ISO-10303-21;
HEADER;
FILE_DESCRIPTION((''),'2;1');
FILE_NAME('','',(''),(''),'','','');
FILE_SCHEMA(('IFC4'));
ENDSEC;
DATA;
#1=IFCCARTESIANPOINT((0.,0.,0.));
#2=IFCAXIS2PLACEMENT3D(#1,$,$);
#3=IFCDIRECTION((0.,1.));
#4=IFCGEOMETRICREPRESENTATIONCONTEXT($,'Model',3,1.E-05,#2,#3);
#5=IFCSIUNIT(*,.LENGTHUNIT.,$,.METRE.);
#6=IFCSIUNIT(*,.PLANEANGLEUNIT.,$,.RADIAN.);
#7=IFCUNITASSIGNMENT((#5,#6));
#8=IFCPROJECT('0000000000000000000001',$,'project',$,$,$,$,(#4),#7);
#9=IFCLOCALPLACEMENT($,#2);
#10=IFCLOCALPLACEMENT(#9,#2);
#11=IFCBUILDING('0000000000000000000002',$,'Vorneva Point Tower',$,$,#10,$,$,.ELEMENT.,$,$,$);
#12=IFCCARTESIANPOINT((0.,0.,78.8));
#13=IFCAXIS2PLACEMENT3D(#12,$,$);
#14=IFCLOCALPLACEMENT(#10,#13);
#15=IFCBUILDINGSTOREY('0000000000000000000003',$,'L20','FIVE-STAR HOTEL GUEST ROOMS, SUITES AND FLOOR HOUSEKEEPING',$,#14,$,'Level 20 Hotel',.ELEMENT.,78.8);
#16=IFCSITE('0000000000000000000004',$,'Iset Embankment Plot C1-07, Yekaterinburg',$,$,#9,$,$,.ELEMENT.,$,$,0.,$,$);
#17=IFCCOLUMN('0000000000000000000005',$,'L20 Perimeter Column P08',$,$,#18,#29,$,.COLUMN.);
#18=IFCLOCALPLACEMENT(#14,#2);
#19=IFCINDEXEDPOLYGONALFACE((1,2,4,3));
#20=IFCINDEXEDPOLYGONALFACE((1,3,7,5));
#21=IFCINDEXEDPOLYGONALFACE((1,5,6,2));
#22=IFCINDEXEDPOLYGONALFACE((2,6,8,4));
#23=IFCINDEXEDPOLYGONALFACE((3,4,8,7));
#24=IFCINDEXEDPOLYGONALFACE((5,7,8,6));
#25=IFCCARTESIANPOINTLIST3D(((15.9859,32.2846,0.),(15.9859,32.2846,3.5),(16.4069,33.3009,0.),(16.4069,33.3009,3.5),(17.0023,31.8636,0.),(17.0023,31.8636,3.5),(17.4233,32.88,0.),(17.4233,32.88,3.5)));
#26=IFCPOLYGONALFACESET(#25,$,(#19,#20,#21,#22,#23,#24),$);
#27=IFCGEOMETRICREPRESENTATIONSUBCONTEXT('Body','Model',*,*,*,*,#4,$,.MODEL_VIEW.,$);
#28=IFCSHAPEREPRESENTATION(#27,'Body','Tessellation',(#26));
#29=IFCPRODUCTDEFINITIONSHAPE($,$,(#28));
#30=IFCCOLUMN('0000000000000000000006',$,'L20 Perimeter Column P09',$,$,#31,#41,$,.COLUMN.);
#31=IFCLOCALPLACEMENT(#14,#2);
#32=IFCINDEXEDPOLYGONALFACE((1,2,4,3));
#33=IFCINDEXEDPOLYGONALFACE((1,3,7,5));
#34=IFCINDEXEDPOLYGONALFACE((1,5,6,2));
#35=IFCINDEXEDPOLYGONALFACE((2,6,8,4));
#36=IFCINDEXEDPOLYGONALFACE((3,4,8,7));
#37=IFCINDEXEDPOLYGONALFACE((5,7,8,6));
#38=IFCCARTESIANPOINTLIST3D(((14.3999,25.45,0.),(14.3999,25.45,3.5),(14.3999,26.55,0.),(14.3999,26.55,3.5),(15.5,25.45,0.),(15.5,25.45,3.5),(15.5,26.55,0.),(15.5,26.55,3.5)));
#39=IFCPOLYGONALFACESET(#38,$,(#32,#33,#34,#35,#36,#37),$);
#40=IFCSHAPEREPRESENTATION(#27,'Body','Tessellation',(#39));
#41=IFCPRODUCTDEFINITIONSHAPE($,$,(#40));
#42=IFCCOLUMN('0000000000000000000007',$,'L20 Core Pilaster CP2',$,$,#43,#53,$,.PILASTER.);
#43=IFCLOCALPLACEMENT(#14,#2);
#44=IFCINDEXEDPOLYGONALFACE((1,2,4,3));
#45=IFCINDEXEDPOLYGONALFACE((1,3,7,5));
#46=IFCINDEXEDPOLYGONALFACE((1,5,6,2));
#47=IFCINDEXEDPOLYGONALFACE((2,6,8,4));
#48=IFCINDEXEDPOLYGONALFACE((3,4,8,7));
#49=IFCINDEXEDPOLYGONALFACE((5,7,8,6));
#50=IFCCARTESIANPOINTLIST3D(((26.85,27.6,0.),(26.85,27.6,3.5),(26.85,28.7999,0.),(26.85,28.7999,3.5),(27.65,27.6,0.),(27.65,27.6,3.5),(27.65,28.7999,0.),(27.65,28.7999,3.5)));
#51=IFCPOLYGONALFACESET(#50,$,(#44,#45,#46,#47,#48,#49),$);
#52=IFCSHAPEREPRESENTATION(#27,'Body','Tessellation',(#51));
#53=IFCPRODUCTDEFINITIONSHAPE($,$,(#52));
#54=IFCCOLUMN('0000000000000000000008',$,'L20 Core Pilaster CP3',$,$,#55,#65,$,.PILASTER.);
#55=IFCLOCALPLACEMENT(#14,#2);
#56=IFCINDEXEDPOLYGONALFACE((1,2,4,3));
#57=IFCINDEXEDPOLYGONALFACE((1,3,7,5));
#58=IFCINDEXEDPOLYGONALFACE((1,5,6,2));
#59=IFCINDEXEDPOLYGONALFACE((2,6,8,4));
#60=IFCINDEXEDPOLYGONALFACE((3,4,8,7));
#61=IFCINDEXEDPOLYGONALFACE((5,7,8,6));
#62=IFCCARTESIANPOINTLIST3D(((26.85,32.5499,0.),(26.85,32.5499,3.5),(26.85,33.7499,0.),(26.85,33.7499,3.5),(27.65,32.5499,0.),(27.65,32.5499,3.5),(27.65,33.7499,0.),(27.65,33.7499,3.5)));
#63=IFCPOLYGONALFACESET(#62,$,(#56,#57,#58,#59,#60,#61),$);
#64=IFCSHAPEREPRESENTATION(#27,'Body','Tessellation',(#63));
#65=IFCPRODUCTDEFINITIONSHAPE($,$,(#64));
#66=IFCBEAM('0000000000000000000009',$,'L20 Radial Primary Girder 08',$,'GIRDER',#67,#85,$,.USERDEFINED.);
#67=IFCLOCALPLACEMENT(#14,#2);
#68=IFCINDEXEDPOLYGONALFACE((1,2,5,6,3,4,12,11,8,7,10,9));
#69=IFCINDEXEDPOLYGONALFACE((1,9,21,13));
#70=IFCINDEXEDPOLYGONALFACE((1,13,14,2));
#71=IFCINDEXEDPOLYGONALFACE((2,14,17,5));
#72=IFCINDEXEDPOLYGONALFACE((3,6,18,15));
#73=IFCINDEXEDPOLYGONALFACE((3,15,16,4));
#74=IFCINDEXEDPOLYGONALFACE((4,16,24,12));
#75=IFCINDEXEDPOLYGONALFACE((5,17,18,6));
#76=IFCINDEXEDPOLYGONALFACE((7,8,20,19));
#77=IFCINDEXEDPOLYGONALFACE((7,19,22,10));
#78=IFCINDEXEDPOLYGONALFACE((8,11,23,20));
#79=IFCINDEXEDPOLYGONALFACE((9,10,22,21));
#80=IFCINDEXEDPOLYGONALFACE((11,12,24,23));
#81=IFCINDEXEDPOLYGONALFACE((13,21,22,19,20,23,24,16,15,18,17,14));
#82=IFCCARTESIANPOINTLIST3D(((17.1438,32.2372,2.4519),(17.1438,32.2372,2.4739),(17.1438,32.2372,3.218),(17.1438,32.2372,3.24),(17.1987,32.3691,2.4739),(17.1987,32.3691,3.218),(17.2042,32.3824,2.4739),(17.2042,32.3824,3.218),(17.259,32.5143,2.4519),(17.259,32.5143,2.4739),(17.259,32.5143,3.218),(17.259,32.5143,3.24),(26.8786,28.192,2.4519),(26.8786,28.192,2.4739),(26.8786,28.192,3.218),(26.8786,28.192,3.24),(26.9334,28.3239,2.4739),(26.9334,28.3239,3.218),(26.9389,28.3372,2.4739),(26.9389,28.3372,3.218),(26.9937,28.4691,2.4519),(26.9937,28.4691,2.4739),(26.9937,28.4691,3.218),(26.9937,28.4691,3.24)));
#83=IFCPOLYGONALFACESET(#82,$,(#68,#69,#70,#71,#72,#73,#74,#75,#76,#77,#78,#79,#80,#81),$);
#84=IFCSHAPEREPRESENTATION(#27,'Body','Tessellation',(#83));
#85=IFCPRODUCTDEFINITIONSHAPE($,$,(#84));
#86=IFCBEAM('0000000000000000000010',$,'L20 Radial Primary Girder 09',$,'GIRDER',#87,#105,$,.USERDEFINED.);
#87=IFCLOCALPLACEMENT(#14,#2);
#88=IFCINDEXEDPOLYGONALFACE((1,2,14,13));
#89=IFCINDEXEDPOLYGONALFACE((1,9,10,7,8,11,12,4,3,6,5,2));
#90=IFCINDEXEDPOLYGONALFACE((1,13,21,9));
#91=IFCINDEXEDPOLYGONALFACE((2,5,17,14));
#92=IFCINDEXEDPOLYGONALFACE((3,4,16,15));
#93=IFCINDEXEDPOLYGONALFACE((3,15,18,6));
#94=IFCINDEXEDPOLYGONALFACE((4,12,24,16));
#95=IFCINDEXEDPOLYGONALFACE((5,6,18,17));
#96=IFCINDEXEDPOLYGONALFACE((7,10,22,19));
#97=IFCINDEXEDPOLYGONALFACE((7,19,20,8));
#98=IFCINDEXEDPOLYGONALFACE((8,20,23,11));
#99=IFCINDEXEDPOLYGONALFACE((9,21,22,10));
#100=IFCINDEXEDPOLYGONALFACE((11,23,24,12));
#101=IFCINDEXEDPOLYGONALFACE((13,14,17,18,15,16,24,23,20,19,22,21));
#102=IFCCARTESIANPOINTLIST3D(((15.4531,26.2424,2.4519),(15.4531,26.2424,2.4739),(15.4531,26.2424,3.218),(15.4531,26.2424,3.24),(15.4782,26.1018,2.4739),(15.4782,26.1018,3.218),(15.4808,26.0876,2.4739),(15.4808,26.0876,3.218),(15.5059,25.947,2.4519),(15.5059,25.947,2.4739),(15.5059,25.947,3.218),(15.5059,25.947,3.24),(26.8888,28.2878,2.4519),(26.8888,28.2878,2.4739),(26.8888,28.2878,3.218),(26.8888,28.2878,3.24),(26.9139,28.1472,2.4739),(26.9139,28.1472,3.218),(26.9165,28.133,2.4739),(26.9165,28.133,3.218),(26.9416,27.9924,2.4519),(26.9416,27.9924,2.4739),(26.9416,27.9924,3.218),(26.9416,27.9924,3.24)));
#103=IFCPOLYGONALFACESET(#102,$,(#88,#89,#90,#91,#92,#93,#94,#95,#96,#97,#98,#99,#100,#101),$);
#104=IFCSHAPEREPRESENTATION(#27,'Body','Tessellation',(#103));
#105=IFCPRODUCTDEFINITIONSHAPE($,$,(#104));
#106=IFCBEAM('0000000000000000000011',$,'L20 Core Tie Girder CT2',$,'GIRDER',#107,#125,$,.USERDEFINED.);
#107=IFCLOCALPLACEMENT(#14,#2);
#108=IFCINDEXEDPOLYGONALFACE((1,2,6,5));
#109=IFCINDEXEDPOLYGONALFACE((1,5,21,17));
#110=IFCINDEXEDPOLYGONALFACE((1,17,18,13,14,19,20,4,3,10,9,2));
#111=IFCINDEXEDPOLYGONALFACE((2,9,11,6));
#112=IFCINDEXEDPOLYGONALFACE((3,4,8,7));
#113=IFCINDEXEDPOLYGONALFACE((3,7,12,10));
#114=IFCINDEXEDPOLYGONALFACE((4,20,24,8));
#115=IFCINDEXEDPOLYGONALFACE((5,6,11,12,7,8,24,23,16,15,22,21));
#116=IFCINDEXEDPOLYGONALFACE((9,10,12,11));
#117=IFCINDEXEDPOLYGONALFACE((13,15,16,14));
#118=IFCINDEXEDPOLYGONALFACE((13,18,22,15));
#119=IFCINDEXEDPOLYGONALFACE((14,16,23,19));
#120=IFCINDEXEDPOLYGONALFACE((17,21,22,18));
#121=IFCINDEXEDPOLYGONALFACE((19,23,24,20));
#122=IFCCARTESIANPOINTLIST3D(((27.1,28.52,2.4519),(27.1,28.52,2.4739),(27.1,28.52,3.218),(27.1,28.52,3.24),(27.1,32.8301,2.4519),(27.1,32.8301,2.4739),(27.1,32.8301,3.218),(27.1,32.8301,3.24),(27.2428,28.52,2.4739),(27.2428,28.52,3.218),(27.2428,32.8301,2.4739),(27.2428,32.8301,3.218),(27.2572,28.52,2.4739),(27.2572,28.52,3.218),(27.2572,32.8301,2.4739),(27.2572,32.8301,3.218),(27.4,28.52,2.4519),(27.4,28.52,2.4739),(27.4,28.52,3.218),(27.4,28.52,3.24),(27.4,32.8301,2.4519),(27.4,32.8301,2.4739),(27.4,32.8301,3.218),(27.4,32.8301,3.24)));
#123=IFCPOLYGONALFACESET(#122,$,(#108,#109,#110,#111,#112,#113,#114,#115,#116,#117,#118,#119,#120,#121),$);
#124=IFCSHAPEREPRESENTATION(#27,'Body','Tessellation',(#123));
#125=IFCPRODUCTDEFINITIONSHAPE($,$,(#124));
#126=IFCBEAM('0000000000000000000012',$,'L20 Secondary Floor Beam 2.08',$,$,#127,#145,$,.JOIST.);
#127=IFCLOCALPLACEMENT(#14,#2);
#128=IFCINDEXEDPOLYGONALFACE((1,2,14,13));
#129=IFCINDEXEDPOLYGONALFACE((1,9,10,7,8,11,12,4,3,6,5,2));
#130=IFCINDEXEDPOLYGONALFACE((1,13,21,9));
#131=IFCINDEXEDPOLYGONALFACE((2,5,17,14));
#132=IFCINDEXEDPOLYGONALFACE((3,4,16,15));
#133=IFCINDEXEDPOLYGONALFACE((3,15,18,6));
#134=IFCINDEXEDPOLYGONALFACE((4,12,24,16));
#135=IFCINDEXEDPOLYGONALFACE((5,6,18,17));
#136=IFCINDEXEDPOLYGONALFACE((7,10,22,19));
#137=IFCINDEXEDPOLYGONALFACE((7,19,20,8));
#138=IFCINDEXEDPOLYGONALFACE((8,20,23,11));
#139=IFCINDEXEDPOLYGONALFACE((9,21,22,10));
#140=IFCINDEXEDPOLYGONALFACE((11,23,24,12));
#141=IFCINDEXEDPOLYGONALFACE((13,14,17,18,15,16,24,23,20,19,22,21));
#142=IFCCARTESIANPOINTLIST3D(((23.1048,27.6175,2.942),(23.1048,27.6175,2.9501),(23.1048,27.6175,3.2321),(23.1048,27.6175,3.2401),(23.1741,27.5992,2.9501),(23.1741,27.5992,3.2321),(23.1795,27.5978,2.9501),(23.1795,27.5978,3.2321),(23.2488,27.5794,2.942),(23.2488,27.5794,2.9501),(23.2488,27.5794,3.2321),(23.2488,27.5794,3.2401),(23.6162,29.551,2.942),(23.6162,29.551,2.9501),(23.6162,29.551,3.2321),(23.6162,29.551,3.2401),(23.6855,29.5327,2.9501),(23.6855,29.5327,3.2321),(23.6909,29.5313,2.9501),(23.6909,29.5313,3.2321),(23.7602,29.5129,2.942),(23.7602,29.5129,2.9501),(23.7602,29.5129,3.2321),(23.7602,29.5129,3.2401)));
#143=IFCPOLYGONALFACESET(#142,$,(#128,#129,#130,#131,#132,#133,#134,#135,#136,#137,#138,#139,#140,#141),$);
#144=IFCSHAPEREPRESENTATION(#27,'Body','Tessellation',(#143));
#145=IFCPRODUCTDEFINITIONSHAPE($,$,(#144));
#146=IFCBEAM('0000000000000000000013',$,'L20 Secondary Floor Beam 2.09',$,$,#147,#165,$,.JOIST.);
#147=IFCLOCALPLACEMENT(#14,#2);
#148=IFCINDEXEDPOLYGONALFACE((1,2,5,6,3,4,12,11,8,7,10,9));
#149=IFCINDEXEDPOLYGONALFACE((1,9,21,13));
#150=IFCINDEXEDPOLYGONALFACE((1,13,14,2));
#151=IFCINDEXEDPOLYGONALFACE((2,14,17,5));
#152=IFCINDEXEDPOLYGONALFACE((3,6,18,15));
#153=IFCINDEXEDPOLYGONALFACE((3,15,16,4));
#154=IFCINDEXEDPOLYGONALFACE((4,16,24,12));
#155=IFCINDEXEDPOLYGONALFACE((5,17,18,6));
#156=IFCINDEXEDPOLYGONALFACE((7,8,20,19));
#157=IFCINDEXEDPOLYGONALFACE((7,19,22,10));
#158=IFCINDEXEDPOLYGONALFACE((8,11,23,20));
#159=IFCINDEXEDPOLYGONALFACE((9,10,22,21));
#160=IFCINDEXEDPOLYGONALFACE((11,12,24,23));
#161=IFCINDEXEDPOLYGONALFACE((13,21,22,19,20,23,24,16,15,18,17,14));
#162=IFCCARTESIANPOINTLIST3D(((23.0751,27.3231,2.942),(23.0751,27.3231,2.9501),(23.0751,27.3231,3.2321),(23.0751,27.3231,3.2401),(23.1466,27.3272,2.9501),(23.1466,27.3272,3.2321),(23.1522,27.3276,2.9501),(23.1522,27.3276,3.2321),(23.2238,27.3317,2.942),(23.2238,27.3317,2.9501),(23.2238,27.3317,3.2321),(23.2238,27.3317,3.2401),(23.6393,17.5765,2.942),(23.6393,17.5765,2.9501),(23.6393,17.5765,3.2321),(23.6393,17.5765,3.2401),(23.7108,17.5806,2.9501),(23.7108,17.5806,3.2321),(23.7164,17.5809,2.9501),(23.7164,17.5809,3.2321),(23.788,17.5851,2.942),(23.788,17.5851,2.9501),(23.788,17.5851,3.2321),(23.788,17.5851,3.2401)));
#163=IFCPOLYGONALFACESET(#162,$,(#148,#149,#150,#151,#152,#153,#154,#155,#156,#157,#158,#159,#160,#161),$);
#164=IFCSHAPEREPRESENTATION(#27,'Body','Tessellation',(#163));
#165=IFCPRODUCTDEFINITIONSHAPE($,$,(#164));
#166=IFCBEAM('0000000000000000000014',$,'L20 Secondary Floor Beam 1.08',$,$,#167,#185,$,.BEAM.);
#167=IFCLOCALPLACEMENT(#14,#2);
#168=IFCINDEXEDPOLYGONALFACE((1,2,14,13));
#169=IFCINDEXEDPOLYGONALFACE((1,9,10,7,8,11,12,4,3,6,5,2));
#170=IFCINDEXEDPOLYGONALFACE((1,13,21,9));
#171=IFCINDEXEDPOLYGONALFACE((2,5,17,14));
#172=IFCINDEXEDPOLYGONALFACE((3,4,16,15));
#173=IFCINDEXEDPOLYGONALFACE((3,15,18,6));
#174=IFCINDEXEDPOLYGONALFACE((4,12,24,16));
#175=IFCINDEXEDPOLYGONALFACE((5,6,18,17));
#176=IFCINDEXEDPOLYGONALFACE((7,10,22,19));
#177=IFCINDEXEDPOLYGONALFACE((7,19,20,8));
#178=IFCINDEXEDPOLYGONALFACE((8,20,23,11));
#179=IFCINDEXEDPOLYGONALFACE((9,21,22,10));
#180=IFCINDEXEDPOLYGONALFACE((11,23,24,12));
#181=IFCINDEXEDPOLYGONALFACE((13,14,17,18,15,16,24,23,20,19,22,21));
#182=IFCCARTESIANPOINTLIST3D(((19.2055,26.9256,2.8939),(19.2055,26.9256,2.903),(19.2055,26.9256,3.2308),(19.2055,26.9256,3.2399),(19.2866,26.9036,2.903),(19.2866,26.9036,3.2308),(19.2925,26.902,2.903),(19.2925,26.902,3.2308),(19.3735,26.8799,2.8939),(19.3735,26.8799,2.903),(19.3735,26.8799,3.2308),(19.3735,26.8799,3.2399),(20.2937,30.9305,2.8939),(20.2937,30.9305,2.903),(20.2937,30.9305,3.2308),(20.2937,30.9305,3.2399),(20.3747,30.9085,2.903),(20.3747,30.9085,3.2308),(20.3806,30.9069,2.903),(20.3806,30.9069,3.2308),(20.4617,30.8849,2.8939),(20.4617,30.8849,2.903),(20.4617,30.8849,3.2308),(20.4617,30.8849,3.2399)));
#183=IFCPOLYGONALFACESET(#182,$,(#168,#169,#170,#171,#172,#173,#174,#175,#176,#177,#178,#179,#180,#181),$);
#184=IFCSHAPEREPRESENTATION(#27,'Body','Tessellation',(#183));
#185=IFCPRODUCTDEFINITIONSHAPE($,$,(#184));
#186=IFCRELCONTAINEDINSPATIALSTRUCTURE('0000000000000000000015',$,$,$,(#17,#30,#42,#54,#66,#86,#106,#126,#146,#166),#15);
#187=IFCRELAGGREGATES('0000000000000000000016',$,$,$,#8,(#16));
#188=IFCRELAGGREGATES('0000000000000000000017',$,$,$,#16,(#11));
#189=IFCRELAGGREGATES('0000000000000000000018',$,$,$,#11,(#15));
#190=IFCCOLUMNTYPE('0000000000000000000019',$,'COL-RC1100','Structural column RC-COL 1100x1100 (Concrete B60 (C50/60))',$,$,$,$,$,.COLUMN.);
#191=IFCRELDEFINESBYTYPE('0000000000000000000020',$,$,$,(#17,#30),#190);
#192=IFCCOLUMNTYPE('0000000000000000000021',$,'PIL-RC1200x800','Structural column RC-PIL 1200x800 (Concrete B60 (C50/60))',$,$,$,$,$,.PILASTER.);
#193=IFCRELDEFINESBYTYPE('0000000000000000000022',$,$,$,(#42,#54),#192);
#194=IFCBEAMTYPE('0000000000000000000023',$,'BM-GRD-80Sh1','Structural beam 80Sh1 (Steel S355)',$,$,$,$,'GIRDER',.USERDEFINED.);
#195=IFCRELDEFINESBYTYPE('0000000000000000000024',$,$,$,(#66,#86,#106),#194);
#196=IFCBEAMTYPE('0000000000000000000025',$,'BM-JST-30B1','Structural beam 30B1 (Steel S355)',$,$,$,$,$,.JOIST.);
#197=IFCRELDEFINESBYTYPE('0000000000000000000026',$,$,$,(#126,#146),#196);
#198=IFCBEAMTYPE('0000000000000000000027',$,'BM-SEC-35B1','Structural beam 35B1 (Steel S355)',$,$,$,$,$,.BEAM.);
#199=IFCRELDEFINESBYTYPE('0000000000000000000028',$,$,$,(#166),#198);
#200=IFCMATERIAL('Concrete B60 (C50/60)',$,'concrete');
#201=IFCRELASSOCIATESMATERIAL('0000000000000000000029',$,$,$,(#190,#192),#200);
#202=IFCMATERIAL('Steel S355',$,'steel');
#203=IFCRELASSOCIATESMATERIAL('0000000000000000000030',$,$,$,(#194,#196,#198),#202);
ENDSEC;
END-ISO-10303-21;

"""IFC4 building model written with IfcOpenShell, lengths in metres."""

from ifc_helpers import new_model, si_unit, direction, frame, origin, origin_2d, place, context, subcontext, project, spatial, rectangle, i_section, extrude, material, material_profile, profile_set, type_object, element, save


model = new_model("IFC4")

# Units and contexts
model_context = context("Model", 3, precision=1e-05, world=origin(), true_north=direction((0.0, 1.0)))
body_context = subcontext(model_context, "Body", "Model", "MODEL_VIEW")
ifc_project = project(units=[si_unit("LENGTHUNIT", "METRE"), si_unit("PLANEANGLEUNIT", "RADIAN")], contexts=[model_context])

# Site, building, storey
site_placement = place(None, origin())
site = spatial("IfcSite", under=ifc_project, at=site_placement, Name="Iset Embankment Plot C1-07, Yekaterinburg", CompositionType="ELEMENT", RefElevation=0.0)
building_placement = place(site_placement, origin())
building = spatial("IfcBuilding", under=site, at=building_placement, Name="Vorneva Point Tower", CompositionType="ELEMENT")
storey_placement = place(building_placement, frame((0.0, 0.0, 78.8)))
storey = spatial("IfcBuildingStorey", under=building, at=storey_placement, Name="L20", Description="FIVE-STAR HOTEL GUEST ROOMS, SUITES AND FLOOR HOUSEKEEPING", LongName="Level 20 Hotel", CompositionType="ELEMENT", Elevation=78.8)

# Columns
ifc_material_1 = material(Name="Concrete B60 (C50/60)", Category="concrete")
ifc_material_profile_1 = material_profile(ifc_material_1, rectangle(XDim=1.1001, YDim=1.1001, at=origin_2d()), Name="RC-COL 1100x1100")
ifc_profile_set_1 = profile_set([ifc_material_profile_1], Name="Concrete B60 (C50/60)")
column_type_1 = type_object("IfcColumnType", Name="COL-RC1100", Description="Structural column RC-COL 1100x1100 (Concrete B60 (C50/60))", PredefinedType="COLUMN", material=ifc_profile_set_1)
for number, where, z_axis, x_axis, name in (
    (1, (16.7046, 32.5823, 0.0), (0.0, 0.0, 1.0), (-0.92388, 0.382683, 0.0), "L20 Perimeter Column P08"),
    (2, (14.95, 26.0, 0.0), (0.0, 0.0, 1.0), (-1.0, 0.0, 0.0), "L20 Perimeter Column P09"),
):
    element("IfcColumn", number, at=place(storey_placement, frame(where, z_axis=z_axis, x_axis=x_axis)), inside=storey, type_object=column_type_1, Name=name, PredefinedType="COLUMN", context=body_context, shape_type="SweptSolid", body=[
        extrude(rectangle(XDim=1.1001, YDim=1.1001, at=origin_2d()), origin(), (0.0, 0.0, 1.0), 3.5),
    ])
ifc_material_profile_2 = material_profile(ifc_material_1, rectangle(XDim=0.8, YDim=1.2, at=origin_2d()), Name="RC-PIL 1200x800")
ifc_profile_set_2 = profile_set([ifc_material_profile_2], Name="Concrete B60 (C50/60)")
column_type_2 = type_object("IfcColumnType", Name="PIL-RC1200x800", Description="Structural column RC-PIL 1200x800 (Concrete B60 (C50/60))", PredefinedType="PILASTER", material=ifc_profile_set_2)
for number, where, z_axis, x_axis, name in (
    (3, (27.25, 28.2, 0.0), (0.0, 0.0, 1.0), (1.0, 0.0, 0.0), "L20 Core Pilaster CP2"),
    (4, (27.25, 33.1499, 0.0), (0.0, 0.0, 1.0), (1.0, 0.0, 0.0), "L20 Core Pilaster CP3"),
):
    element("IfcColumn", number, at=place(storey_placement, frame(where, z_axis=z_axis, x_axis=x_axis)), inside=storey, type_object=column_type_2, Name=name, PredefinedType="PILASTER", context=body_context, shape_type="SweptSolid", body=[
        extrude(rectangle(XDim=0.8, YDim=1.2, at=origin_2d()), origin(), (0.0, 0.0, 1.0), 3.5),
    ])

# Beams
ifc_material_2 = material(Name="Steel S355", Category="steel")
ifc_material_profile_3 = material_profile(ifc_material_2, i_section(OverallWidth=0.3, OverallDepth=0.7881, WebThickness=0.0144, FlangeThickness=0.022, at=origin_2d()), Name="80Sh1")
ifc_profile_set_3 = profile_set([ifc_material_profile_3], Name="Steel S355")
beam_type_1 = type_object("IfcBeamType", Name="BM-GRD-80Sh1", Description="Structural beam 80Sh1 (Steel S355)", ElementType="GIRDER", PredefinedType="USERDEFINED", material=ifc_profile_set_3)
beam_1_placement = place(storey_placement, frame((17.2014, 32.3757, 2.8459), z_axis=(0.923444, -0.383732, 0.0), x_axis=(0.383732, 0.923444, 0.0)))
element("IfcBeam", 5, at=beam_1_placement, inside=storey, type_object=beam_type_1, Name="L20 Radial Primary Girder 08", ObjectType="GIRDER", PredefinedType="USERDEFINED", context=body_context, shape_type="SweptSolid", body=[
    extrude(i_section(OverallWidth=0.3, OverallDepth=0.7881, WebThickness=0.0144, FlangeThickness=0.022, at=origin_2d()), origin(), (0.0, 0.0, 1.0), 10.5417),
])
beam_2_placement = place(storey_placement, frame((15.4795, 26.0947, 2.8459), z_axis=(0.984378, 0.176066, 0.0), x_axis=(-0.176066, 0.984378, 0.0)))
element("IfcBeam", 6, at=beam_2_placement, inside=storey, type_object=beam_type_1, Name="L20 Radial Primary Girder 09", ObjectType="GIRDER", PredefinedType="USERDEFINED", context=body_context, shape_type="SweptSolid", body=[
    extrude(i_section(OverallWidth=0.3, OverallDepth=0.7881, WebThickness=0.0144, FlangeThickness=0.022, at=origin_2d()), origin(), (0.0, 0.0, 1.0), 11.6172),
])
beam_3_placement = place(storey_placement, frame((27.25, 28.52, 2.8459), z_axis=(0.0, 1.0, 0.0), x_axis=(-1.0, 0.0, 0.0)))
element("IfcBeam", 7, at=beam_3_placement, inside=storey, type_object=beam_type_1, Name="L20 Core Tie Girder CT2", ObjectType="GIRDER", PredefinedType="USERDEFINED", context=body_context, shape_type="SweptSolid", body=[
    extrude(i_section(OverallWidth=0.3, OverallDepth=0.7881, WebThickness=0.0144, FlangeThickness=0.022, at=origin_2d()), origin(), (0.0, 0.0, 1.0), 4.3101),
])
ifc_material_profile_4 = material_profile(ifc_material_2, i_section(OverallWidth=0.1489, OverallDepth=0.2981, WebThickness=0.0056, FlangeThickness=0.0081, at=origin_2d()), Name="30B1")
ifc_profile_set_4 = profile_set([ifc_material_profile_4], Name="Steel S355")
beam_type_2 = type_object("IfcBeamType", Name="BM-JST-30B1", Description="Structural beam 30B1 (Steel S355)", PredefinedType="JOIST", material=ifc_profile_set_4)
beam_4_placement = place(storey_placement, frame((23.6882, 29.532, 3.0911), z_axis=(-0.255725, -0.96675, 0.0), x_axis=(0.96675, -0.255725, 0.0)))
element("IfcBeam", 8, at=beam_4_placement, inside=storey, type_object=beam_type_2, Name="L20 Secondary Floor Beam 2.08", PredefinedType="JOIST", context=body_context, shape_type="SweptSolid", body=[
    extrude(i_section(OverallWidth=0.1489, OverallDepth=0.2981, WebThickness=0.0056, FlangeThickness=0.0081, at=origin_2d()), origin(), (0.0, 0.0, 1.0), 2.0),
])
beam_5_placement = place(storey_placement, frame((23.1494, 27.3274, 3.0911), z_axis=(0.057791, -0.998329, 0.0), x_axis=(0.998329, 0.057791, 0.0)))
element("IfcBeam", 9, at=beam_5_placement, inside=storey, type_object=beam_type_2, Name="L20 Secondary Floor Beam 2.09", PredefinedType="JOIST", context=body_context, shape_type="SweptSolid", body=[
    extrude(i_section(OverallWidth=0.1489, OverallDepth=0.2981, WebThickness=0.0056, FlangeThickness=0.0081, at=origin_2d()), origin(), (0.0, 0.0, 1.0), 9.7629),
])
ifc_material_profile_5 = material_profile(ifc_material_2, i_section(OverallWidth=0.1741, OverallDepth=0.3459, WebThickness=0.0061, FlangeThickness=0.009, at=origin_2d()), Name="35B1")
ifc_profile_set_5 = profile_set([ifc_material_profile_5], Name="Steel S355")
beam_type_3 = type_object("IfcBeamType", Name="BM-SEC-35B1", Description="Structural beam 35B1 (Steel S355)", PredefinedType="BEAM", material=ifc_profile_set_5)
beam_6_placement = place(storey_placement, frame((20.3777, 30.9077, 3.0669), z_axis=(-0.262196, -0.965015, 0.0), x_axis=(0.965015, -0.262196, 0.0)))
element("IfcBeam", 10, at=beam_6_placement, inside=storey, type_object=beam_type_3, Name="L20 Secondary Floor Beam 1.08", PredefinedType="BEAM", context=body_context, shape_type="SweptSolid", body=[
    extrude(i_section(OverallWidth=0.1741, OverallDepth=0.3459, WebThickness=0.0061, FlangeThickness=0.009, at=origin_2d()), origin(), (0.0, 0.0, 1.0), 4.1501),
])

save(model, "model.ifc")
